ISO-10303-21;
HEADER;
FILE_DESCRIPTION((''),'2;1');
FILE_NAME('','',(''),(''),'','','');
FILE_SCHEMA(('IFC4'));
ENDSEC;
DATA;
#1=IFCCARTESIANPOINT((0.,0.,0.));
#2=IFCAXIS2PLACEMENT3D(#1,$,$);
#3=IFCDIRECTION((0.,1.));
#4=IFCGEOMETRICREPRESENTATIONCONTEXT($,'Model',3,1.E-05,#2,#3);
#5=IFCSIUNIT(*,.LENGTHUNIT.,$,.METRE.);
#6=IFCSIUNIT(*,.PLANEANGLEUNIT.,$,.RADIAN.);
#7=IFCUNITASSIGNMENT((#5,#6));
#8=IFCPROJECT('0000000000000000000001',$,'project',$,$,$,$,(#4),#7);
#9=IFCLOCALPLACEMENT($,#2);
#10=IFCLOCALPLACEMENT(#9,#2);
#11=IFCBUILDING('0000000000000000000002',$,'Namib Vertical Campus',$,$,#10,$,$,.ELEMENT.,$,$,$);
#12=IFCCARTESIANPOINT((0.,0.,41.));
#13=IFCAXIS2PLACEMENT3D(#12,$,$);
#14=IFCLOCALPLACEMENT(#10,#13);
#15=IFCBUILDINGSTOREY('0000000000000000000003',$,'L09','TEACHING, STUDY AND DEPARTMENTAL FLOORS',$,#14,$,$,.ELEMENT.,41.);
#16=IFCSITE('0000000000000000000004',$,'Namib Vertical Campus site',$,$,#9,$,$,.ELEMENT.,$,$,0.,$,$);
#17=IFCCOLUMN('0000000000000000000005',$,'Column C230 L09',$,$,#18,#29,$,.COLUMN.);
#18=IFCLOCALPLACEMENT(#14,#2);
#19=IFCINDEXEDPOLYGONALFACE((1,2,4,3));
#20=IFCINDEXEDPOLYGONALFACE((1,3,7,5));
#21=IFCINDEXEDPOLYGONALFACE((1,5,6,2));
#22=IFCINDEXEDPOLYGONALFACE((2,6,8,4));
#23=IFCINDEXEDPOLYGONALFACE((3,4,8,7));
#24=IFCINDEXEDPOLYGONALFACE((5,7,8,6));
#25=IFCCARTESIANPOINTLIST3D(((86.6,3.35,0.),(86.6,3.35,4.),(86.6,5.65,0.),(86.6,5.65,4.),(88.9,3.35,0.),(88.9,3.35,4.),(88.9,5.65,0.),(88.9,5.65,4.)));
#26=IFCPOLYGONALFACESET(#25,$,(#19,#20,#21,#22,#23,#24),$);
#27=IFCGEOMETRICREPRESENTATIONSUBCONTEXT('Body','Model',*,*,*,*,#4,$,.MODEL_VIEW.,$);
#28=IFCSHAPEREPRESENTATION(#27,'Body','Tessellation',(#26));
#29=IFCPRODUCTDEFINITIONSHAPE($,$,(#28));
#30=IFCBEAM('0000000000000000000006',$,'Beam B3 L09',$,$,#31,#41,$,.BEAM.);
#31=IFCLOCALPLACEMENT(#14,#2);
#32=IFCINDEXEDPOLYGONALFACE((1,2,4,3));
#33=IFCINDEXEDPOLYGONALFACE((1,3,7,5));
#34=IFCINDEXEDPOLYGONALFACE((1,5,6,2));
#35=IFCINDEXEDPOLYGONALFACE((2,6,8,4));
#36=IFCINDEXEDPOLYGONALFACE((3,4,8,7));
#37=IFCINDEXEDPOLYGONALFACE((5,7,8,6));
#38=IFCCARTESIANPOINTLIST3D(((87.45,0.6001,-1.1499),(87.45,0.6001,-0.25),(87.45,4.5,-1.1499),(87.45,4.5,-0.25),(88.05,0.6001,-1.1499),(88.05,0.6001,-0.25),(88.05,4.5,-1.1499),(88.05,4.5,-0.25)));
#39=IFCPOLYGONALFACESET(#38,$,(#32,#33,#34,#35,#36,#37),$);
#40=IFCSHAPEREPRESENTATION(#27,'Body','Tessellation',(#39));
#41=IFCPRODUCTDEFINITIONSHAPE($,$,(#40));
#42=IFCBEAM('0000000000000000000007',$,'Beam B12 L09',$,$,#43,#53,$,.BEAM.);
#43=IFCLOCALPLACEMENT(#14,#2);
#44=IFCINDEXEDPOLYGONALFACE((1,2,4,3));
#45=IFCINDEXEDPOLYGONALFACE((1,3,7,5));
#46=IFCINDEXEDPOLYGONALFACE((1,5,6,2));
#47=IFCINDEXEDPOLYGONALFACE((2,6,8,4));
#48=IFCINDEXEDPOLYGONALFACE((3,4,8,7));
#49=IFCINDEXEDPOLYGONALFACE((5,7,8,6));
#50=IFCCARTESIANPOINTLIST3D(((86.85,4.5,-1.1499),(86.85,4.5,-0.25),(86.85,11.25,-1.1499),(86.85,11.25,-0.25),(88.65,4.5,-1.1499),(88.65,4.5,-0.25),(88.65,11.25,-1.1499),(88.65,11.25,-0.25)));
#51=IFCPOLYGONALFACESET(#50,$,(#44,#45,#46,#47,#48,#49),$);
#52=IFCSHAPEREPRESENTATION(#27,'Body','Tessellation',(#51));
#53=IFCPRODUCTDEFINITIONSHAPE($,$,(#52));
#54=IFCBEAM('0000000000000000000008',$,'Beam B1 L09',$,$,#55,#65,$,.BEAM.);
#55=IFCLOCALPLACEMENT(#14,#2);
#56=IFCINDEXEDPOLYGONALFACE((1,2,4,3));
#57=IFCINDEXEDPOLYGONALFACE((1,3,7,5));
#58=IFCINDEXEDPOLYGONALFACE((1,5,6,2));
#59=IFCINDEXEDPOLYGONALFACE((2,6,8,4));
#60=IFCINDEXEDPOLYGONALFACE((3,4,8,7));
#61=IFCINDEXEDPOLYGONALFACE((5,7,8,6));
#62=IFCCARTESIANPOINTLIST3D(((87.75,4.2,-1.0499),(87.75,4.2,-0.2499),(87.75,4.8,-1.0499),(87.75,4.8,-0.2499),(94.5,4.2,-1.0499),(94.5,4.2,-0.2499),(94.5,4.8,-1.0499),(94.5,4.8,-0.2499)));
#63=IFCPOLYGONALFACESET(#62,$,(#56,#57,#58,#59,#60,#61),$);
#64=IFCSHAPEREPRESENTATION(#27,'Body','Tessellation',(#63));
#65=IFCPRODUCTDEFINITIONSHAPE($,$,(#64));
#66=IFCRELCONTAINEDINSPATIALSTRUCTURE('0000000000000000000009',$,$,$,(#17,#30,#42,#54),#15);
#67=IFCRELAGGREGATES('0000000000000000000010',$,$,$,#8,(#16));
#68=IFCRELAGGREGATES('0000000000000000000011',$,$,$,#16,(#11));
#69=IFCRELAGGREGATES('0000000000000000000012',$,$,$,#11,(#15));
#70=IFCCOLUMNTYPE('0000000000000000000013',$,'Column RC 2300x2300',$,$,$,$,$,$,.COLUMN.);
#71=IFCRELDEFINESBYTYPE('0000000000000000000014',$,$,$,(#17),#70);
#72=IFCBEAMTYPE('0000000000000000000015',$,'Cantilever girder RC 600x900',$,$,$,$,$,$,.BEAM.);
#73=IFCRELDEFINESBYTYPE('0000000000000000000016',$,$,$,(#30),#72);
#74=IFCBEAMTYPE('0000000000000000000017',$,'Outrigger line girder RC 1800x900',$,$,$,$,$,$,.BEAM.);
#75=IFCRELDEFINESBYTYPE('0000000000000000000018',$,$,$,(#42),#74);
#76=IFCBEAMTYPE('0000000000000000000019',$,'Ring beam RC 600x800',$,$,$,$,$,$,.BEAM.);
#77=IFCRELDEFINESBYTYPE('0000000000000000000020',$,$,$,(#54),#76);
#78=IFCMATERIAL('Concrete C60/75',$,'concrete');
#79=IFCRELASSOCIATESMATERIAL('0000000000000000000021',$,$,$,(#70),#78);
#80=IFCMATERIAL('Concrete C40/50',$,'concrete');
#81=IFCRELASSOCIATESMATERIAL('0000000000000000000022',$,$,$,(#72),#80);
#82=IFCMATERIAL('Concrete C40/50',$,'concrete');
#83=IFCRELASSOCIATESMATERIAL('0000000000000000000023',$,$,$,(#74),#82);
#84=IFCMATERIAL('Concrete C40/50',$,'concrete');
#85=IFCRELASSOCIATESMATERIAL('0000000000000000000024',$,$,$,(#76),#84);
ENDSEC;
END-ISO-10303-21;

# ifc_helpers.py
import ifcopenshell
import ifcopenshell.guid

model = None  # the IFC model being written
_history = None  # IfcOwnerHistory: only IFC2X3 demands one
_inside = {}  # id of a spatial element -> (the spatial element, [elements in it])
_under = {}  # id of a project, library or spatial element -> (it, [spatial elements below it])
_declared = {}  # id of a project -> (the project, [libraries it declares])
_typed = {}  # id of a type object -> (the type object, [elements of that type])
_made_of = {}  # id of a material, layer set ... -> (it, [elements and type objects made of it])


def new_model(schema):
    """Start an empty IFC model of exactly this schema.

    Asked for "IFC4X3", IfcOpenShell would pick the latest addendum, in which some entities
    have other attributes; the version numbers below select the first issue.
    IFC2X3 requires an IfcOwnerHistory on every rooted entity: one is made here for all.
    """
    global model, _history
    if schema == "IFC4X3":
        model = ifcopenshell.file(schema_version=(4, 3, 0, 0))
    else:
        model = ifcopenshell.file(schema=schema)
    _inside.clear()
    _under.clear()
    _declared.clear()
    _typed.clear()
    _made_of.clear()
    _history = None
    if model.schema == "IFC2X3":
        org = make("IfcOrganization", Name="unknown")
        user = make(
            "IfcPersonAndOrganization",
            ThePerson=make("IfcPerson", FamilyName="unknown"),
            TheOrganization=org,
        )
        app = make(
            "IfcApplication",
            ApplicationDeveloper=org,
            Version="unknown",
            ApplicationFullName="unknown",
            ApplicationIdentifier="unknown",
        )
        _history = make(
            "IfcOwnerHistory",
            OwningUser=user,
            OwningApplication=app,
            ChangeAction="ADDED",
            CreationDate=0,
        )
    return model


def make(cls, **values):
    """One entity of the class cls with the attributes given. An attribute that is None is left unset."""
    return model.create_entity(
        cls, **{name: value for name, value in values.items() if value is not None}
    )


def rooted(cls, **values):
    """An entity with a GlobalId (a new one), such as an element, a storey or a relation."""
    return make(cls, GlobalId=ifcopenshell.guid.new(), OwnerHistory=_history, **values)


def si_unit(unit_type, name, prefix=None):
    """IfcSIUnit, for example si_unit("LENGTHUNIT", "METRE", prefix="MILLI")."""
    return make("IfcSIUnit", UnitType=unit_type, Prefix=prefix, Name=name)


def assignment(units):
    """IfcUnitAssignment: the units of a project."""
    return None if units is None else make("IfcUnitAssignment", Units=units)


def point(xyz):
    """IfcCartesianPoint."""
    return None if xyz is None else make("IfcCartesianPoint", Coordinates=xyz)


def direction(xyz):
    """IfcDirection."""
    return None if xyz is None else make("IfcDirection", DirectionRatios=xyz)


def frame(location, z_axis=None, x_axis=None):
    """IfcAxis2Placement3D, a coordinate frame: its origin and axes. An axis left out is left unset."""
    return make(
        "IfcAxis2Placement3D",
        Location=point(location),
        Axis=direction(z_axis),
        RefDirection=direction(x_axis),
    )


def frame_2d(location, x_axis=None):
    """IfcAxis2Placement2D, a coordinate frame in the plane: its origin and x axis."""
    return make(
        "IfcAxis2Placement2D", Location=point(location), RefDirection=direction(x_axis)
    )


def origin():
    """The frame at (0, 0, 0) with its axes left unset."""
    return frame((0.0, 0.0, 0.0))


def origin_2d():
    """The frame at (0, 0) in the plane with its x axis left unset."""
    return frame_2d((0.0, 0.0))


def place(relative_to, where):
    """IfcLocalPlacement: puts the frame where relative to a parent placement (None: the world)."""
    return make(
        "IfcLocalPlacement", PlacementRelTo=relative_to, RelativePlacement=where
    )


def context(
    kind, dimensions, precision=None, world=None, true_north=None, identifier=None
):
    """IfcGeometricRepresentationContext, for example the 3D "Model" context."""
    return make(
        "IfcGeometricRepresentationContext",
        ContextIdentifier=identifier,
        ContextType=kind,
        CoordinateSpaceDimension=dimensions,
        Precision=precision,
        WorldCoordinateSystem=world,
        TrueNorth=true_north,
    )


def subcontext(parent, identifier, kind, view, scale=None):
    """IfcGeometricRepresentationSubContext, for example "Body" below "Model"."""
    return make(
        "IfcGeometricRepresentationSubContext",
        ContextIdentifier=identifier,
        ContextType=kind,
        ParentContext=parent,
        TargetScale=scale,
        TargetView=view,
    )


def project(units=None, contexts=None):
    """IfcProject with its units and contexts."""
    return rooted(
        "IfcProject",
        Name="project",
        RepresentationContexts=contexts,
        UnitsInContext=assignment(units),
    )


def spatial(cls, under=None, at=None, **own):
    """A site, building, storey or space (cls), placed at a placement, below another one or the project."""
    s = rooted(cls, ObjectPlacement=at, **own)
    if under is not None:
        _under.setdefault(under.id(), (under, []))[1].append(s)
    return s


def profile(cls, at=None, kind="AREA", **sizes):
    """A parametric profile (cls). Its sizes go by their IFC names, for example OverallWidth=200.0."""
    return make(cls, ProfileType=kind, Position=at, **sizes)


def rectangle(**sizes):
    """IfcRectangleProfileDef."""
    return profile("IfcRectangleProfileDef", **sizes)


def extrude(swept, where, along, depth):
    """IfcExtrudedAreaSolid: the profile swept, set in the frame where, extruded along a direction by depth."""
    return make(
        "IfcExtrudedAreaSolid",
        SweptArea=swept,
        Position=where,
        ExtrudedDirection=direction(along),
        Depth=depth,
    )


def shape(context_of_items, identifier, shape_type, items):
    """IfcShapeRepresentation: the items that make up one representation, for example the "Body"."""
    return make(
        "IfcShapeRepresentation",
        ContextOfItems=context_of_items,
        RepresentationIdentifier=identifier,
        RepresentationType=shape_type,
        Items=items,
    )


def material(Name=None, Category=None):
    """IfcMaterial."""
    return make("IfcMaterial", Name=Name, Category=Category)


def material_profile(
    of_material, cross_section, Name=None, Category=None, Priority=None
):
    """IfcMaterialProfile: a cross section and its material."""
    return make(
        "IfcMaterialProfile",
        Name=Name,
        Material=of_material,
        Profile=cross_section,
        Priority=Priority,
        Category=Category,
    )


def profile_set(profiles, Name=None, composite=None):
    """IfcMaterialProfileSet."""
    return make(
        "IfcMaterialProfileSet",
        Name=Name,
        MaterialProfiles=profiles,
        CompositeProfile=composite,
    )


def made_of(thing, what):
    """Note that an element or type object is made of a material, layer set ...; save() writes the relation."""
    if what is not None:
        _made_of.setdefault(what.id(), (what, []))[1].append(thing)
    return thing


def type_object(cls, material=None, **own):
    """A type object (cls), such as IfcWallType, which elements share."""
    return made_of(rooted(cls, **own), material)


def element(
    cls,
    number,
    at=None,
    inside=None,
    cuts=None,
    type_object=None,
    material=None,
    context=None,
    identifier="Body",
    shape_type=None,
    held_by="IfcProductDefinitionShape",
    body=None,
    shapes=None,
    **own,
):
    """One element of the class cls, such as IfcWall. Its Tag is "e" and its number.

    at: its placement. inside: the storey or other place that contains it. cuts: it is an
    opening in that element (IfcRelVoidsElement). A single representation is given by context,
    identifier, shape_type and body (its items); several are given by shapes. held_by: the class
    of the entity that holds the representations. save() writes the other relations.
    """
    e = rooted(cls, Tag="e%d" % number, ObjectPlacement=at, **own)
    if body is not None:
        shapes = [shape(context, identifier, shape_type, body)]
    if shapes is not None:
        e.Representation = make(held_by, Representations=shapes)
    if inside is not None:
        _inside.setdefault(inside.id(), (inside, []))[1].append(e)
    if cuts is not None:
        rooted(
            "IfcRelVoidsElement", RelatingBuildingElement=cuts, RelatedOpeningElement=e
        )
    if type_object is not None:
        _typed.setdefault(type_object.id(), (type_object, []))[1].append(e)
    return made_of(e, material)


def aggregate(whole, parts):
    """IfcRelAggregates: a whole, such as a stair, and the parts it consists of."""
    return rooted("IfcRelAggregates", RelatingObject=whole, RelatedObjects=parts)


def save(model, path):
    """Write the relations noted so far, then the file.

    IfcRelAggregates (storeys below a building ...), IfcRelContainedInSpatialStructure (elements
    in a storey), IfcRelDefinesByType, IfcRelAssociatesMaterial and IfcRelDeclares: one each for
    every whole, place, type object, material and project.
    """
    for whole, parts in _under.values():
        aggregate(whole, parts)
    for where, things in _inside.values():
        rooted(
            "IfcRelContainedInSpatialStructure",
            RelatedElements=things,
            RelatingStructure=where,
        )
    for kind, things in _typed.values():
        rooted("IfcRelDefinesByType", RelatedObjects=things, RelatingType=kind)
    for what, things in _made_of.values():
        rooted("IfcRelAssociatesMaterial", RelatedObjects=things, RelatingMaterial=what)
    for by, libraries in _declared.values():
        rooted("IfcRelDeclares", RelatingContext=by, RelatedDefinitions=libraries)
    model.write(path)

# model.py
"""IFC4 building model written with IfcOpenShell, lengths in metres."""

from ifc_helpers import new_model, si_unit, direction, frame, origin, origin_2d, place, context, subcontext, project, spatial, rectangle, extrude, material, material_profile, profile_set, type_object, element, save


model = new_model("IFC4")

# Units and contexts
model_context = context("Model", 3, precision=1e-05, world=origin(), true_north=direction((0.0, 1.0)))
body_context = subcontext(model_context, "Body", "Model", "MODEL_VIEW")
ifc_project = project(units=[si_unit("LENGTHUNIT", "METRE"), si_unit("PLANEANGLEUNIT", "RADIAN")], contexts=[model_context])

# Site, building, storey
site_placement = place(None, origin())
site = spatial("IfcSite", under=ifc_project, at=site_placement, Name="Namib Vertical Campus site", CompositionType="ELEMENT", RefElevation=0.0)
building_placement = place(site_placement, origin())
building = spatial("IfcBuilding", under=site, at=building_placement, Name="Namib Vertical Campus", CompositionType="ELEMENT")
storey_placement = place(building_placement, frame((0.0, 0.0, 41.0)))
storey = spatial("IfcBuildingStorey", under=building, at=storey_placement, Name="L09", Description="TEACHING, STUDY AND DEPARTMENTAL FLOORS", CompositionType="ELEMENT", Elevation=41.0)

# Column
ifc_material_1 = material(Name="Concrete C60/75", Category="concrete")
ifc_material_profile_1 = material_profile(ifc_material_1, rectangle(XDim=2.3, YDim=2.3, at=origin_2d()))
ifc_profile_set_1 = profile_set([ifc_material_profile_1], Name="Concrete C60/75")
column_type = type_object("IfcColumnType", Name="Column RC 2300x2300", PredefinedType="COLUMN", material=ifc_profile_set_1)
column_placement = place(storey_placement, frame((87.75, 4.5, 0.0), z_axis=(0.0, 0.0, 1.0), x_axis=(1.0, 0.0, 0.0)))
element("IfcColumn", 1, at=column_placement, inside=storey, type_object=column_type, Name="Column C230 L09", PredefinedType="COLUMN", context=body_context, shape_type="SweptSolid", body=[
    extrude(rectangle(XDim=2.3, YDim=2.3, at=origin_2d()), origin(), (0.0, 0.0, 1.0), 4.0),
])

# Beams
ifc_material_2 = material(Name="Concrete C40/50", Category="concrete")
ifc_material_profile_2 = material_profile(ifc_material_2, rectangle(XDim=0.6001, YDim=0.8999, at=origin_2d()))
ifc_profile_set_2 = profile_set([ifc_material_profile_2], Name="Concrete C40/50")
beam_type_1 = type_object("IfcBeamType", Name="Cantilever girder RC 600x900", PredefinedType="BEAM", material=ifc_profile_set_2)
beam_1_placement = place(storey_placement, frame((87.75, 4.5, -0.7), z_axis=(0.0, -1.0, 0.0), x_axis=(1.0, 0.0, 0.0)))
element("IfcBeam", 2, at=beam_1_placement, inside=storey, type_object=beam_type_1, Name="Beam B3 L09", PredefinedType="BEAM", context=body_context, shape_type="SweptSolid", body=[
    extrude(rectangle(XDim=0.6001, YDim=0.8999, at=origin_2d()), origin(), (0.0, 0.0, 1.0), 3.8999),
])
ifc_material_3 = material(Name="Concrete C40/50", Category="concrete")
ifc_material_profile_3 = material_profile(ifc_material_3, rectangle(XDim=1.8, YDim=0.8999, at=origin_2d()))
ifc_profile_set_3 = profile_set([ifc_material_profile_3], Name="Concrete C40/50")
beam_type_2 = type_object("IfcBeamType", Name="Outrigger line girder RC 1800x900", PredefinedType="BEAM", material=ifc_profile_set_3)
beam_2_placement = place(storey_placement, frame((87.75, 4.5, -0.7), z_axis=(0.0, 1.0, 0.0), x_axis=(-1.0, 0.0, 0.0)))
element("IfcBeam", 3, at=beam_2_placement, inside=storey, type_object=beam_type_2, Name="Beam B12 L09", PredefinedType="BEAM", context=body_context, shape_type="SweptSolid", body=[
    extrude(rectangle(XDim=1.8, YDim=0.8999, at=origin_2d()), origin(), (0.0, 0.0, 1.0), 6.75),
])
ifc_material_4 = material(Name="Concrete C40/50", Category="concrete")
ifc_material_profile_4 = material_profile(ifc_material_4, rectangle(XDim=0.6001, YDim=0.8, at=origin_2d()))
ifc_profile_set_4 = profile_set([ifc_material_profile_4], Name="Concrete C40/50")
beam_type_3 = type_object("IfcBeamType", Name="Ring beam RC 600x800", PredefinedType="BEAM", material=ifc_profile_set_4)
beam_3_placement = place(storey_placement, frame((87.75, 4.5, -0.6499), z_axis=(1.0, 0.0, 0.0), x_axis=(0.0, 1.0, 0.0)))
element("IfcBeam", 4, at=beam_3_placement, inside=storey, type_object=beam_type_3, Name="Beam B1 L09", PredefinedType="BEAM", context=body_context, shape_type="SweptSolid", body=[
    extrude(rectangle(XDim=0.6001, YDim=0.8, at=origin_2d()), origin(), (0.0, 0.0, 1.0), 6.75),
])

save(model, "model.ifc")
